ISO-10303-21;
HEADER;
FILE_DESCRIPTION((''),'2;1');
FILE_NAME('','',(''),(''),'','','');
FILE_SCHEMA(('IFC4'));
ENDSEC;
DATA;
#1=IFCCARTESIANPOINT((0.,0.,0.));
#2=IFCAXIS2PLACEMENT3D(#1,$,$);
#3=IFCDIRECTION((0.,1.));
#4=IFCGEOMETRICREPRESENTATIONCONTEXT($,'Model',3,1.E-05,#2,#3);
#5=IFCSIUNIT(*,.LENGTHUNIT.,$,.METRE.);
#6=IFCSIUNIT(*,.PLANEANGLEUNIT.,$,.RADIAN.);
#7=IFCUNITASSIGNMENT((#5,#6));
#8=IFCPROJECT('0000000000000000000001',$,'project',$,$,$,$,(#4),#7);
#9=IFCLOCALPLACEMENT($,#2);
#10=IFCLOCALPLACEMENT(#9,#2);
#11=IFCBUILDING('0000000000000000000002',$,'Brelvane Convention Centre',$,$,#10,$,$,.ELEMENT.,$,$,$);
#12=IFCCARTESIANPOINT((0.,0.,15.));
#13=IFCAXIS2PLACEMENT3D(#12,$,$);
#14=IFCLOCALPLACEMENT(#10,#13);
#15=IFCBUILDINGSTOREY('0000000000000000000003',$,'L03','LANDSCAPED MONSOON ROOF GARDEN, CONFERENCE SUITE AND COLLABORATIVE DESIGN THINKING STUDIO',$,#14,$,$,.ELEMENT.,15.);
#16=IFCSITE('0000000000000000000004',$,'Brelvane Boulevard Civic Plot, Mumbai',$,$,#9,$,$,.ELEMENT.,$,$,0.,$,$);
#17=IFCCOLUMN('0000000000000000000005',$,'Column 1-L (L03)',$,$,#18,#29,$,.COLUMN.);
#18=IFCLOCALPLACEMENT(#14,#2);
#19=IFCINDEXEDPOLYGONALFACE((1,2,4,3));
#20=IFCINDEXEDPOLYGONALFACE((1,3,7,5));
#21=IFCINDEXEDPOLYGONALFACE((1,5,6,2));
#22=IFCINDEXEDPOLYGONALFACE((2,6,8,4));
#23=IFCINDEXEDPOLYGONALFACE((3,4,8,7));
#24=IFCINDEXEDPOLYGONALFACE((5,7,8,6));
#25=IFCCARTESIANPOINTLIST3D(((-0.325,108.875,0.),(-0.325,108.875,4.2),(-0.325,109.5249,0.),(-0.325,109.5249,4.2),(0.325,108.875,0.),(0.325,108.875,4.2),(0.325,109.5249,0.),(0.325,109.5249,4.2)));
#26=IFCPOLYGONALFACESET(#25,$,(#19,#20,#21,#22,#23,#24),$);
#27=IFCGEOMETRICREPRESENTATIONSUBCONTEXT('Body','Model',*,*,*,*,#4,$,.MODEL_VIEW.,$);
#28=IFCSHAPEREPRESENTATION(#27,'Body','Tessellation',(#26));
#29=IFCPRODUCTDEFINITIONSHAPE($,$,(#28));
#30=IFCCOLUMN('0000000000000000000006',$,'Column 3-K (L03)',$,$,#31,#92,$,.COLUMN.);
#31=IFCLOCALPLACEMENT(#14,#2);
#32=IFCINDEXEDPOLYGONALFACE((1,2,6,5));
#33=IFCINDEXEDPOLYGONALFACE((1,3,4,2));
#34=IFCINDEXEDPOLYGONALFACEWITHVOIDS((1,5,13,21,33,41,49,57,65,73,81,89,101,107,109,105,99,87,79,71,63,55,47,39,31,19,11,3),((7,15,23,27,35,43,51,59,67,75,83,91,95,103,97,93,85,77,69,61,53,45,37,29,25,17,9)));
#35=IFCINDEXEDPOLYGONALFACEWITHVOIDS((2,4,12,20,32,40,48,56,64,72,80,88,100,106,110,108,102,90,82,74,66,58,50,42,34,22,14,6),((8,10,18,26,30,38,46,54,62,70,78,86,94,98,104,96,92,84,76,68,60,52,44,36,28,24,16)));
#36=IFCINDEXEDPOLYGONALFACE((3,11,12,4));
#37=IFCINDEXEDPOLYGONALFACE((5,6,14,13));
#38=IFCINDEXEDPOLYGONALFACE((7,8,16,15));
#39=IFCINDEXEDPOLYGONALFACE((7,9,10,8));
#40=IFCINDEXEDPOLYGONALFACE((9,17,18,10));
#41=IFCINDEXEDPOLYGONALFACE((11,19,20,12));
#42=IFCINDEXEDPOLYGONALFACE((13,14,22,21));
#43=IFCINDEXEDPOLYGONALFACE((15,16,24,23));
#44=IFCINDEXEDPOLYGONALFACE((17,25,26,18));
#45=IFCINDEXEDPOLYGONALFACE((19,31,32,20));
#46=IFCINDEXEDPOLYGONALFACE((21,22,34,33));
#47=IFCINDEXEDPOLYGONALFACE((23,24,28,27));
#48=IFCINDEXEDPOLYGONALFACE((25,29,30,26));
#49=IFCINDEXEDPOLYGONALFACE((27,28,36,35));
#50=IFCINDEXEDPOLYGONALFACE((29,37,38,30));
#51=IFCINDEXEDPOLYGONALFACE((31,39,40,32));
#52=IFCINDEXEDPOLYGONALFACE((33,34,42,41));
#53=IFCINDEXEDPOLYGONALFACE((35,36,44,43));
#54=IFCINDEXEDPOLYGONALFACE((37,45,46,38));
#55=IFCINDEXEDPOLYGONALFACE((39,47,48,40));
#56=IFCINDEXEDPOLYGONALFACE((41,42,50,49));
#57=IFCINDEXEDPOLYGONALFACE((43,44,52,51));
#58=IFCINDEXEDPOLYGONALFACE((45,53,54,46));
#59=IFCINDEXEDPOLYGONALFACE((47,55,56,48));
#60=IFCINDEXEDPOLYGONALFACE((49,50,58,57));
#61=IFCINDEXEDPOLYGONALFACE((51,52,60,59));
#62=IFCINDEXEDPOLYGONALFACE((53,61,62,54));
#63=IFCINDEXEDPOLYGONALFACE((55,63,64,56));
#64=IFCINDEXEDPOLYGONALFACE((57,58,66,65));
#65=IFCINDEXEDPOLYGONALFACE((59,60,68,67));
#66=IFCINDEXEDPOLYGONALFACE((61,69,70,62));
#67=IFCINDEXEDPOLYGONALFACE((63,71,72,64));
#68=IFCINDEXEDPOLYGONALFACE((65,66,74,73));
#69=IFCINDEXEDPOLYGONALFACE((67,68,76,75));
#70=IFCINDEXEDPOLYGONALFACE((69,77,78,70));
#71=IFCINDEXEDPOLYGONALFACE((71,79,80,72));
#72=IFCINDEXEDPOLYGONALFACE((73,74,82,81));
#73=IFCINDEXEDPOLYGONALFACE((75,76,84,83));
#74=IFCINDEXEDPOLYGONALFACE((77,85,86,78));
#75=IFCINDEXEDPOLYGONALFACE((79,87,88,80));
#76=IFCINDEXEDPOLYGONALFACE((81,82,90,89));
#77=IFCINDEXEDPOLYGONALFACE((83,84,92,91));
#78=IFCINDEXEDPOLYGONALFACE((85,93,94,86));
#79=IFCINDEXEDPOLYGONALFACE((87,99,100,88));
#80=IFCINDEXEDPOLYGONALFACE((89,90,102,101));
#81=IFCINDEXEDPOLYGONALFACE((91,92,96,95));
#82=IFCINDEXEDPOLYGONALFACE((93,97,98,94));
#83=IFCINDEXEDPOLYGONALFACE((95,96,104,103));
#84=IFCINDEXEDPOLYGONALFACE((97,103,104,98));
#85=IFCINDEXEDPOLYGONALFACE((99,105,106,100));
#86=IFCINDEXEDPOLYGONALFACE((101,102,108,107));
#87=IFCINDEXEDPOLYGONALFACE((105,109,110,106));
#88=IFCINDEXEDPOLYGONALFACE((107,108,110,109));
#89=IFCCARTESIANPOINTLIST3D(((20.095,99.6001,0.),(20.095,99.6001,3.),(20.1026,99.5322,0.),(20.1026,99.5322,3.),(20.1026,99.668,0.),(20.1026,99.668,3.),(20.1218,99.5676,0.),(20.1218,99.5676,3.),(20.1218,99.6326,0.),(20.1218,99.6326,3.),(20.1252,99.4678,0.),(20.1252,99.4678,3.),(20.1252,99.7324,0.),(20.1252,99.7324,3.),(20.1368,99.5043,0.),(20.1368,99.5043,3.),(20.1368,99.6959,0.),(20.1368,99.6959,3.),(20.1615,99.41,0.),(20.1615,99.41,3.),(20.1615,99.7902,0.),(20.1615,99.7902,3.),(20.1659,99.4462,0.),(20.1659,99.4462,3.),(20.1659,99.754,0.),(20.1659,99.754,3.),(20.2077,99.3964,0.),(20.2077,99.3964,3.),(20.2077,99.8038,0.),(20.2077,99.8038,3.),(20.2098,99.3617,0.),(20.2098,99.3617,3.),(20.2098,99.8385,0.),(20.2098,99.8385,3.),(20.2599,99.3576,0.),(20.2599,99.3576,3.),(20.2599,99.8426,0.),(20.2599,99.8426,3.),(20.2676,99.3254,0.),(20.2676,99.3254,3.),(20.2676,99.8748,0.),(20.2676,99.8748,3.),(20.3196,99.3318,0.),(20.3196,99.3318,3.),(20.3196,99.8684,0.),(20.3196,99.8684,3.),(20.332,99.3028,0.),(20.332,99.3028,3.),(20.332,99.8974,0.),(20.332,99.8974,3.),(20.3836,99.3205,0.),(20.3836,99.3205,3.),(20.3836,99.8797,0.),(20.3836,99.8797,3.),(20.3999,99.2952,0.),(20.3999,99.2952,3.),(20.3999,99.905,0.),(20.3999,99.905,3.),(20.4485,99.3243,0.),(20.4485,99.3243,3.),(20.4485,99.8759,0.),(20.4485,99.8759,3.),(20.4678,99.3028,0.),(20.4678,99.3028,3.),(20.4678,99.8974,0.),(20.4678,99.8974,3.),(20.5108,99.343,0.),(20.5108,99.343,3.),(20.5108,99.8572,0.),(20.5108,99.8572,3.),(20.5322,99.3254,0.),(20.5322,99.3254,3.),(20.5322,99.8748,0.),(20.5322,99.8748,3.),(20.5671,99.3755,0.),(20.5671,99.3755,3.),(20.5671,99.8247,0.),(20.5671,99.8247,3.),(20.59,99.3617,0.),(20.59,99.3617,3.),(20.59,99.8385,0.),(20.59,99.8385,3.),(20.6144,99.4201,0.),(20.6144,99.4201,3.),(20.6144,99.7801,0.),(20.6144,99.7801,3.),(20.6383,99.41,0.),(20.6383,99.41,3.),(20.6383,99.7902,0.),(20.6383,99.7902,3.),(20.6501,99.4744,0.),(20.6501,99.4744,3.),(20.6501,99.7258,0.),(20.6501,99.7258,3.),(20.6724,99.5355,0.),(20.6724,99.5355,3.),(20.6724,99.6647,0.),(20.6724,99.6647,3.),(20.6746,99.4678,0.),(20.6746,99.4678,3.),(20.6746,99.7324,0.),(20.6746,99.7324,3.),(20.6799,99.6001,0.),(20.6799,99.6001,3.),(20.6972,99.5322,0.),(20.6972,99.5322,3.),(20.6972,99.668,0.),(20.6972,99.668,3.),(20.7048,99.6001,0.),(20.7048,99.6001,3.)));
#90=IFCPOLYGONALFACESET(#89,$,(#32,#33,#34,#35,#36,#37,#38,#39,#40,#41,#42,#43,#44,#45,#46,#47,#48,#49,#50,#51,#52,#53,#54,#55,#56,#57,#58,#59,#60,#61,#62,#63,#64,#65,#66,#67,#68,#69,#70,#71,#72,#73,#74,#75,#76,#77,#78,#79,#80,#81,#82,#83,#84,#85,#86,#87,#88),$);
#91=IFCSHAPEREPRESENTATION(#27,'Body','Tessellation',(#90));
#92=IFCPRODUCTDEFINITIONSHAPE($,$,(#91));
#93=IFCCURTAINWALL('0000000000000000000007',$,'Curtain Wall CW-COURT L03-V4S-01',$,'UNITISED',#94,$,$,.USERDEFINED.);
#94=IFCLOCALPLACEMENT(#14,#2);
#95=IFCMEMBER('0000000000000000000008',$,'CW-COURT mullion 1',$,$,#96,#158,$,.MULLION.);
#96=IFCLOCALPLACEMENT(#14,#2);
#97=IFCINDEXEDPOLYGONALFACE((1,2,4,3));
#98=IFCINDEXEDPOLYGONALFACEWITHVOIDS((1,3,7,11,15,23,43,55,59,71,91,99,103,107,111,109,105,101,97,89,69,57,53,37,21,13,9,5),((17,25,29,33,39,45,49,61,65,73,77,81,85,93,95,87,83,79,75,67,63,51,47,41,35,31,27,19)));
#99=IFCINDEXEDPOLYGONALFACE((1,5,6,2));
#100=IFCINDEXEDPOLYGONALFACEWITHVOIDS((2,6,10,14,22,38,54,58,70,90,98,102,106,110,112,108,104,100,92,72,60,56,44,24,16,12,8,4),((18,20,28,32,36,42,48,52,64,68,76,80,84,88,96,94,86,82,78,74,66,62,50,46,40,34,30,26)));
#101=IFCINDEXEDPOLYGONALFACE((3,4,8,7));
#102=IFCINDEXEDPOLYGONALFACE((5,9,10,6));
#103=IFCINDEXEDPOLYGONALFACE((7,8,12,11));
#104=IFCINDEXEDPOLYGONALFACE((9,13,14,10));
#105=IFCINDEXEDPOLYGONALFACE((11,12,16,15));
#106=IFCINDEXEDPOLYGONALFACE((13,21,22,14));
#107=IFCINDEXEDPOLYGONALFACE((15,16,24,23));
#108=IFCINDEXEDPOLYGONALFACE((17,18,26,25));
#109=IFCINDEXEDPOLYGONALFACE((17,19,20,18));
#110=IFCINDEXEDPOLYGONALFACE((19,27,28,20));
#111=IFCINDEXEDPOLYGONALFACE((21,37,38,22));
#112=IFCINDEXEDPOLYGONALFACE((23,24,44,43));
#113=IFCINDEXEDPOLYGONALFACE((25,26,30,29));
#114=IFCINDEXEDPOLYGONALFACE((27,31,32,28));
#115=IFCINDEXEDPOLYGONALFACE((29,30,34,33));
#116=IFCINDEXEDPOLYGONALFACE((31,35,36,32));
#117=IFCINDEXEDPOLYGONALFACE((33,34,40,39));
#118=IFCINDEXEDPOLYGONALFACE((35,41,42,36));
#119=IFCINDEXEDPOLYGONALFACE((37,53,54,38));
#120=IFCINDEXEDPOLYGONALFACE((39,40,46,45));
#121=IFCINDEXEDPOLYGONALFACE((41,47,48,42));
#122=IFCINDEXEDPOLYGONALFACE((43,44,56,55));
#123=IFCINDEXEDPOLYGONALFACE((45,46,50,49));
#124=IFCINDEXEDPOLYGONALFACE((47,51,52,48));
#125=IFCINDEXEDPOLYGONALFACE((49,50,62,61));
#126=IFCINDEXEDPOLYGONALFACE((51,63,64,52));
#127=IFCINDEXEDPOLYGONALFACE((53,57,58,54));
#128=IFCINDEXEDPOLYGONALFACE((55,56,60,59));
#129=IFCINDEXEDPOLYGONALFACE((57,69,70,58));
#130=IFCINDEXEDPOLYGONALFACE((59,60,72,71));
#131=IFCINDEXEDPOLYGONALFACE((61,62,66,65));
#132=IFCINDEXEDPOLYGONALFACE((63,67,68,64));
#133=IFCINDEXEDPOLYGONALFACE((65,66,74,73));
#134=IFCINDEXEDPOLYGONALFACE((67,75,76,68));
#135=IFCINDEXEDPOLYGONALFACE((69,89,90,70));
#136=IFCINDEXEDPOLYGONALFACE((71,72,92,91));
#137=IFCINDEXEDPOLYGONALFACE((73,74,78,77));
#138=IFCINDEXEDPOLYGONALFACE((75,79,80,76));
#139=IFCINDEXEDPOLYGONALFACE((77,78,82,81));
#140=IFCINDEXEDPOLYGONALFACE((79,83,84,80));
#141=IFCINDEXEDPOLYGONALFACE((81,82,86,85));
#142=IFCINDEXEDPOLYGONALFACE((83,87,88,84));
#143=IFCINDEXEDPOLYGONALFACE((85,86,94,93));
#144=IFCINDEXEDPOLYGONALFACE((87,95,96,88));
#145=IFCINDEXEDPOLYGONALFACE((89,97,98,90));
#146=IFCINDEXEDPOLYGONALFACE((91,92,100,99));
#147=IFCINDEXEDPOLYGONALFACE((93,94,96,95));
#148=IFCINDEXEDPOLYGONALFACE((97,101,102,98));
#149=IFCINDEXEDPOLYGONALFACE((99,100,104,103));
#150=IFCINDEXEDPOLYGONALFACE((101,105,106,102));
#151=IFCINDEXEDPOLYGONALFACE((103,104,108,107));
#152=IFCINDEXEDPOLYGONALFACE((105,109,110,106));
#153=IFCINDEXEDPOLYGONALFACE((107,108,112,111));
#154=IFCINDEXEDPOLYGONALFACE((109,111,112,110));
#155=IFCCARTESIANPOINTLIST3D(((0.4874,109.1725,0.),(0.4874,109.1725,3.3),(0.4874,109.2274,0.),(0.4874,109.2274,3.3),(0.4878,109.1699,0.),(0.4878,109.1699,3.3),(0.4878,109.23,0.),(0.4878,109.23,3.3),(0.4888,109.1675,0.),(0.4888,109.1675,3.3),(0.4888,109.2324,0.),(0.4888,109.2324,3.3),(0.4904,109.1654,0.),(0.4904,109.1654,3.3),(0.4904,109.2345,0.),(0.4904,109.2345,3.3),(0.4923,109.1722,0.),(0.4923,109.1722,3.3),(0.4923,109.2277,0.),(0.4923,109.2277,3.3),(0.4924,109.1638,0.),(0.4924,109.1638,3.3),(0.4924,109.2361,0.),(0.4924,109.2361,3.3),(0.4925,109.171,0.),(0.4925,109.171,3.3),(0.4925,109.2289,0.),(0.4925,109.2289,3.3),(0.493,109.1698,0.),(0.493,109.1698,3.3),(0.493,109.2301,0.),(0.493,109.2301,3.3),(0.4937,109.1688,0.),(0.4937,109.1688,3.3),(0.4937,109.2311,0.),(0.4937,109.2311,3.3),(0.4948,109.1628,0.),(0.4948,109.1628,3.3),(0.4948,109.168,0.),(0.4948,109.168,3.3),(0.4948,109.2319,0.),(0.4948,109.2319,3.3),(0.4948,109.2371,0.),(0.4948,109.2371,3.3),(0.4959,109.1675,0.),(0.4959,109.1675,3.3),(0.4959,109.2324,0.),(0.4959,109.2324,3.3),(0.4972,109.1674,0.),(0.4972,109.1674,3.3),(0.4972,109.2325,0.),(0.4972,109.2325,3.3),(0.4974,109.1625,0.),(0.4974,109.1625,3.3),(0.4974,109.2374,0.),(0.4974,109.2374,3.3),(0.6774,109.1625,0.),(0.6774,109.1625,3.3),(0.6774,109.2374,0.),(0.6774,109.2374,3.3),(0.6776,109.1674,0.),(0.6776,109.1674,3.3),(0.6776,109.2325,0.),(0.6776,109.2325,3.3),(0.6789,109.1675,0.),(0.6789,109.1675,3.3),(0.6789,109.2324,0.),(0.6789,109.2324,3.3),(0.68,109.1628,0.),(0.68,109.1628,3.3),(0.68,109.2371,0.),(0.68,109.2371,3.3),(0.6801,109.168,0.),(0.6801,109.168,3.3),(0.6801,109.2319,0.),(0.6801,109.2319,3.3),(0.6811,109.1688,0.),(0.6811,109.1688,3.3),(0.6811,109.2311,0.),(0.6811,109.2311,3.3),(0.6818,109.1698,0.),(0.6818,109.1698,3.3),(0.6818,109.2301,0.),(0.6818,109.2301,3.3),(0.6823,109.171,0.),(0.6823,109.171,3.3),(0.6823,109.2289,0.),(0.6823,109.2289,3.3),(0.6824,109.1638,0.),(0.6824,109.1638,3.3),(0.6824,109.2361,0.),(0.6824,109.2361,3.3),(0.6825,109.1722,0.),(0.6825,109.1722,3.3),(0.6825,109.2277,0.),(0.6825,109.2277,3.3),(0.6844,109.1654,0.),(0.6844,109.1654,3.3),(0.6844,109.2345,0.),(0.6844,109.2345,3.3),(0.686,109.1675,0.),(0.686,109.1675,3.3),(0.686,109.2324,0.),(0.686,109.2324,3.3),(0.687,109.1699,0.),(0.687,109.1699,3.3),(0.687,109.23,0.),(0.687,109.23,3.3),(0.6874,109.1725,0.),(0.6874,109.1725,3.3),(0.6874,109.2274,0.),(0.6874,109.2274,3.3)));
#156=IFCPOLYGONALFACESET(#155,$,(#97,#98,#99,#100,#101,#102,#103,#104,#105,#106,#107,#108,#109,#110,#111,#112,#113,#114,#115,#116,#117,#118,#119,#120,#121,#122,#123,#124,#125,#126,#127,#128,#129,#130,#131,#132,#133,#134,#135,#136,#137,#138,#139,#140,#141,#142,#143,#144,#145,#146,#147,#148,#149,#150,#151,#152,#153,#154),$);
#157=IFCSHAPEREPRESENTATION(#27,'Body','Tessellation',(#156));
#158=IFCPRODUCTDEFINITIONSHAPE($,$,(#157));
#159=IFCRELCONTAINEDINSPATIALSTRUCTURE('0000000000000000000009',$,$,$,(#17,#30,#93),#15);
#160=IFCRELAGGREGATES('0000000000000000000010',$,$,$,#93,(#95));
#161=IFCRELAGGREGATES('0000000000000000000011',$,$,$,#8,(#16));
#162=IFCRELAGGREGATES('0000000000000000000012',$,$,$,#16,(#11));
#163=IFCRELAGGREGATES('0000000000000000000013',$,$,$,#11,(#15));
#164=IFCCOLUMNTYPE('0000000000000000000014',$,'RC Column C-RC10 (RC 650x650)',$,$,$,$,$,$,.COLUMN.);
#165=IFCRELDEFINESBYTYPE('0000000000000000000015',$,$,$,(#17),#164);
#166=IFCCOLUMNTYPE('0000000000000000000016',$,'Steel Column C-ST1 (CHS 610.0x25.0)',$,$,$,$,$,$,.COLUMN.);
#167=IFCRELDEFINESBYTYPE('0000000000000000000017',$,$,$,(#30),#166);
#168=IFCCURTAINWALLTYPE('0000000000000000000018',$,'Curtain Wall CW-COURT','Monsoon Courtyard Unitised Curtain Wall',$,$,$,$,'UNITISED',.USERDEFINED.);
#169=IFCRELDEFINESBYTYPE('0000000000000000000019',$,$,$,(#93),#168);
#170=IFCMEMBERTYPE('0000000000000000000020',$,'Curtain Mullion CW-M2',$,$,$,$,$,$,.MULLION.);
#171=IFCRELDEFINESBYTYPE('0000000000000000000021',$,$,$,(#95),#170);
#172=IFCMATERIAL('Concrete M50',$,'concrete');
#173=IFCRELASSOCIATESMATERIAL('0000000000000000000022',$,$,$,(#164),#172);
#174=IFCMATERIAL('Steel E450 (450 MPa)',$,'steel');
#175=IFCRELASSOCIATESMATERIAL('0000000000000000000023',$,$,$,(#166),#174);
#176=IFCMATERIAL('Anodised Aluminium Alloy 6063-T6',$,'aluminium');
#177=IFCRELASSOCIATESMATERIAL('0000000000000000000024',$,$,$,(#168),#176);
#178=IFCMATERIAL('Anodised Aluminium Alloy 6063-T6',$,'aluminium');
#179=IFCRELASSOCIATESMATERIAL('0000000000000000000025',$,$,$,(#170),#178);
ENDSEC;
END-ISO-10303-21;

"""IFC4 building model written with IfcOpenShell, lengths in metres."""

from ifc_helpers import new_model, si_unit, direction, frame, origin, origin_2d, place, context, subcontext, project, spatial, rectangle, hollow_rectangle, hollow_circle, extrude, material, material_profile, profile_set, type_object, element, aggregate, save


model = new_model("IFC4")

# Units and contexts
model_context = context("Model", 3, precision=1e-05, world=origin(), true_north=direction((0.0, 1.0)))
body_context = subcontext(model_context, "Body", "Model", "MODEL_VIEW")
ifc_project = project(units=[si_unit("LENGTHUNIT", "METRE"), si_unit("PLANEANGLEUNIT", "RADIAN")], contexts=[model_context])

# Site, building, storey
site_placement = place(None, origin())
site = spatial("IfcSite", under=ifc_project, at=site_placement, Name="Brelvane Boulevard Civic Plot, Mumbai", CompositionType="ELEMENT", RefElevation=0.0)
building_placement = place(site_placement, origin())
building = spatial("IfcBuilding", under=site, at=building_placement, Name="Brelvane Convention Centre", CompositionType="ELEMENT")
storey_placement = place(building_placement, frame((0.0, 0.0, 15.0)))
storey = spatial("IfcBuildingStorey", under=building, at=storey_placement, Name="L03", Description="LANDSCAPED MONSOON ROOF GARDEN, CONFERENCE SUITE AND COLLABORATIVE DESIGN THINKING STUDIO", CompositionType="ELEMENT", Elevation=15.0)

# Columns
ifc_material_1 = material(Name="Concrete M50", Category="concrete")
ifc_material_profile_1 = material_profile(ifc_material_1, rectangle(XDim=0.6499, YDim=0.6499, at=origin_2d()), Name="RC 650x650")
ifc_profile_set_1 = profile_set([ifc_material_profile_1], Name="Concrete M50")
column_type_1 = type_object("IfcColumnType", Name="RC Column C-RC10 (RC 650x650)", PredefinedType="COLUMN", material=ifc_profile_set_1)
column_1_placement = place(storey_placement, frame((0.0, 109.2, 0.0), z_axis=(0.0, 0.0, 1.0), x_axis=(1.0, 0.0, 0.0)))
element("IfcColumn", 1, at=column_1_placement, inside=storey, type_object=column_type_1, Name="Column 1-L (L03)", PredefinedType="COLUMN", context=body_context, shape_type="SweptSolid", body=[
    extrude(rectangle(XDim=0.6499, YDim=0.6499, at=origin_2d()), origin(), (0.0, 0.0, 1.0), 4.2),
])
ifc_material_2 = material(Name="Steel E450 (450 MPa)", Category="steel")
ifc_material_profile_2 = material_profile(ifc_material_2, hollow_circle(Radius=0.3049, WallThickness=0.0249, at=origin_2d()), Name="CHS 610.0x25.0")
ifc_profile_set_2 = profile_set([ifc_material_profile_2], Name="Steel E450 (450 MPa)")
column_type_2 = type_object("IfcColumnType", Name="Steel Column C-ST1 (CHS 610.0x25.0)", PredefinedType="COLUMN", material=ifc_profile_set_2)
column_2_placement = place(storey_placement, frame((20.3999, 99.6001, 0.0), z_axis=(0.0, 0.0, 1.0), x_axis=(1.0, 0.0, 0.0)))
element("IfcColumn", 2, at=column_2_placement, inside=storey, type_object=column_type_2, Name="Column 3-K (L03)", PredefinedType="COLUMN", context=body_context, shape_type="SweptSolid", body=[
    extrude(hollow_circle(Radius=0.3049, WallThickness=0.0249, at=origin_2d()), origin(), (0.0, 0.0, 1.0), 3.0),
])

# Curtain wall, member
ifc_material_3 = material(Name="Anodised Aluminium Alloy 6063-T6", Category="aluminium")
curtain_wall_type = type_object("IfcCurtainWallType", Name="Curtain Wall CW-COURT", Description="Monsoon Courtyard Unitised Curtain Wall", ElementType="UNITISED", PredefinedType="USERDEFINED", material=ifc_material_3)
curtain_wall_placement = place(storey_placement, origin())
curtain_wall = element("IfcCurtainWall", 3, at=curtain_wall_placement, inside=storey, type_object=curtain_wall_type, Name="Curtain Wall CW-COURT L03-V4S-01", ObjectType="UNITISED", PredefinedType="USERDEFINED")
ifc_material_4 = material(Name="Anodised Aluminium Alloy 6063-T6", Category="aluminium")
ifc_material_profile_3 = material_profile(ifc_material_4, hollow_rectangle(XDim=0.075, YDim=0.2, WallThickness=0.0049, InnerFilletRadius=0.0049, OuterFilletRadius=0.01, at=origin_2d()), Name="ALU-M 200x75x5.0")
ifc_profile_set_3 = profile_set([ifc_material_profile_3], Name="Anodised Aluminium Alloy 6063-T6")
member_type_1 = type_object("IfcMemberType", Name="Curtain Mullion CW-M2", PredefinedType="MULLION", material=ifc_profile_set_3)
member_1_placement = place(storey_placement, frame((0.5874, 109.2, 0.0), z_axis=(0.0, 0.0, 1.0), x_axis=(0.0, 1.0, 0.0)))
member_1 = element("IfcMember", 4, at=member_1_placement, type_object=member_type_1, Name="CW-COURT mullion 1", PredefinedType="MULLION", context=body_context, shape_type="SweptSolid", body=[
    extrude(hollow_rectangle(XDim=0.075, YDim=0.2, WallThickness=0.0049, InnerFilletRadius=0.0049, OuterFilletRadius=0.01, at=origin_2d()), origin(), (0.0, 0.0, 1.0), 3.3),
])

aggregate(curtain_wall, [member_1])

save(model, "model.ifc")
